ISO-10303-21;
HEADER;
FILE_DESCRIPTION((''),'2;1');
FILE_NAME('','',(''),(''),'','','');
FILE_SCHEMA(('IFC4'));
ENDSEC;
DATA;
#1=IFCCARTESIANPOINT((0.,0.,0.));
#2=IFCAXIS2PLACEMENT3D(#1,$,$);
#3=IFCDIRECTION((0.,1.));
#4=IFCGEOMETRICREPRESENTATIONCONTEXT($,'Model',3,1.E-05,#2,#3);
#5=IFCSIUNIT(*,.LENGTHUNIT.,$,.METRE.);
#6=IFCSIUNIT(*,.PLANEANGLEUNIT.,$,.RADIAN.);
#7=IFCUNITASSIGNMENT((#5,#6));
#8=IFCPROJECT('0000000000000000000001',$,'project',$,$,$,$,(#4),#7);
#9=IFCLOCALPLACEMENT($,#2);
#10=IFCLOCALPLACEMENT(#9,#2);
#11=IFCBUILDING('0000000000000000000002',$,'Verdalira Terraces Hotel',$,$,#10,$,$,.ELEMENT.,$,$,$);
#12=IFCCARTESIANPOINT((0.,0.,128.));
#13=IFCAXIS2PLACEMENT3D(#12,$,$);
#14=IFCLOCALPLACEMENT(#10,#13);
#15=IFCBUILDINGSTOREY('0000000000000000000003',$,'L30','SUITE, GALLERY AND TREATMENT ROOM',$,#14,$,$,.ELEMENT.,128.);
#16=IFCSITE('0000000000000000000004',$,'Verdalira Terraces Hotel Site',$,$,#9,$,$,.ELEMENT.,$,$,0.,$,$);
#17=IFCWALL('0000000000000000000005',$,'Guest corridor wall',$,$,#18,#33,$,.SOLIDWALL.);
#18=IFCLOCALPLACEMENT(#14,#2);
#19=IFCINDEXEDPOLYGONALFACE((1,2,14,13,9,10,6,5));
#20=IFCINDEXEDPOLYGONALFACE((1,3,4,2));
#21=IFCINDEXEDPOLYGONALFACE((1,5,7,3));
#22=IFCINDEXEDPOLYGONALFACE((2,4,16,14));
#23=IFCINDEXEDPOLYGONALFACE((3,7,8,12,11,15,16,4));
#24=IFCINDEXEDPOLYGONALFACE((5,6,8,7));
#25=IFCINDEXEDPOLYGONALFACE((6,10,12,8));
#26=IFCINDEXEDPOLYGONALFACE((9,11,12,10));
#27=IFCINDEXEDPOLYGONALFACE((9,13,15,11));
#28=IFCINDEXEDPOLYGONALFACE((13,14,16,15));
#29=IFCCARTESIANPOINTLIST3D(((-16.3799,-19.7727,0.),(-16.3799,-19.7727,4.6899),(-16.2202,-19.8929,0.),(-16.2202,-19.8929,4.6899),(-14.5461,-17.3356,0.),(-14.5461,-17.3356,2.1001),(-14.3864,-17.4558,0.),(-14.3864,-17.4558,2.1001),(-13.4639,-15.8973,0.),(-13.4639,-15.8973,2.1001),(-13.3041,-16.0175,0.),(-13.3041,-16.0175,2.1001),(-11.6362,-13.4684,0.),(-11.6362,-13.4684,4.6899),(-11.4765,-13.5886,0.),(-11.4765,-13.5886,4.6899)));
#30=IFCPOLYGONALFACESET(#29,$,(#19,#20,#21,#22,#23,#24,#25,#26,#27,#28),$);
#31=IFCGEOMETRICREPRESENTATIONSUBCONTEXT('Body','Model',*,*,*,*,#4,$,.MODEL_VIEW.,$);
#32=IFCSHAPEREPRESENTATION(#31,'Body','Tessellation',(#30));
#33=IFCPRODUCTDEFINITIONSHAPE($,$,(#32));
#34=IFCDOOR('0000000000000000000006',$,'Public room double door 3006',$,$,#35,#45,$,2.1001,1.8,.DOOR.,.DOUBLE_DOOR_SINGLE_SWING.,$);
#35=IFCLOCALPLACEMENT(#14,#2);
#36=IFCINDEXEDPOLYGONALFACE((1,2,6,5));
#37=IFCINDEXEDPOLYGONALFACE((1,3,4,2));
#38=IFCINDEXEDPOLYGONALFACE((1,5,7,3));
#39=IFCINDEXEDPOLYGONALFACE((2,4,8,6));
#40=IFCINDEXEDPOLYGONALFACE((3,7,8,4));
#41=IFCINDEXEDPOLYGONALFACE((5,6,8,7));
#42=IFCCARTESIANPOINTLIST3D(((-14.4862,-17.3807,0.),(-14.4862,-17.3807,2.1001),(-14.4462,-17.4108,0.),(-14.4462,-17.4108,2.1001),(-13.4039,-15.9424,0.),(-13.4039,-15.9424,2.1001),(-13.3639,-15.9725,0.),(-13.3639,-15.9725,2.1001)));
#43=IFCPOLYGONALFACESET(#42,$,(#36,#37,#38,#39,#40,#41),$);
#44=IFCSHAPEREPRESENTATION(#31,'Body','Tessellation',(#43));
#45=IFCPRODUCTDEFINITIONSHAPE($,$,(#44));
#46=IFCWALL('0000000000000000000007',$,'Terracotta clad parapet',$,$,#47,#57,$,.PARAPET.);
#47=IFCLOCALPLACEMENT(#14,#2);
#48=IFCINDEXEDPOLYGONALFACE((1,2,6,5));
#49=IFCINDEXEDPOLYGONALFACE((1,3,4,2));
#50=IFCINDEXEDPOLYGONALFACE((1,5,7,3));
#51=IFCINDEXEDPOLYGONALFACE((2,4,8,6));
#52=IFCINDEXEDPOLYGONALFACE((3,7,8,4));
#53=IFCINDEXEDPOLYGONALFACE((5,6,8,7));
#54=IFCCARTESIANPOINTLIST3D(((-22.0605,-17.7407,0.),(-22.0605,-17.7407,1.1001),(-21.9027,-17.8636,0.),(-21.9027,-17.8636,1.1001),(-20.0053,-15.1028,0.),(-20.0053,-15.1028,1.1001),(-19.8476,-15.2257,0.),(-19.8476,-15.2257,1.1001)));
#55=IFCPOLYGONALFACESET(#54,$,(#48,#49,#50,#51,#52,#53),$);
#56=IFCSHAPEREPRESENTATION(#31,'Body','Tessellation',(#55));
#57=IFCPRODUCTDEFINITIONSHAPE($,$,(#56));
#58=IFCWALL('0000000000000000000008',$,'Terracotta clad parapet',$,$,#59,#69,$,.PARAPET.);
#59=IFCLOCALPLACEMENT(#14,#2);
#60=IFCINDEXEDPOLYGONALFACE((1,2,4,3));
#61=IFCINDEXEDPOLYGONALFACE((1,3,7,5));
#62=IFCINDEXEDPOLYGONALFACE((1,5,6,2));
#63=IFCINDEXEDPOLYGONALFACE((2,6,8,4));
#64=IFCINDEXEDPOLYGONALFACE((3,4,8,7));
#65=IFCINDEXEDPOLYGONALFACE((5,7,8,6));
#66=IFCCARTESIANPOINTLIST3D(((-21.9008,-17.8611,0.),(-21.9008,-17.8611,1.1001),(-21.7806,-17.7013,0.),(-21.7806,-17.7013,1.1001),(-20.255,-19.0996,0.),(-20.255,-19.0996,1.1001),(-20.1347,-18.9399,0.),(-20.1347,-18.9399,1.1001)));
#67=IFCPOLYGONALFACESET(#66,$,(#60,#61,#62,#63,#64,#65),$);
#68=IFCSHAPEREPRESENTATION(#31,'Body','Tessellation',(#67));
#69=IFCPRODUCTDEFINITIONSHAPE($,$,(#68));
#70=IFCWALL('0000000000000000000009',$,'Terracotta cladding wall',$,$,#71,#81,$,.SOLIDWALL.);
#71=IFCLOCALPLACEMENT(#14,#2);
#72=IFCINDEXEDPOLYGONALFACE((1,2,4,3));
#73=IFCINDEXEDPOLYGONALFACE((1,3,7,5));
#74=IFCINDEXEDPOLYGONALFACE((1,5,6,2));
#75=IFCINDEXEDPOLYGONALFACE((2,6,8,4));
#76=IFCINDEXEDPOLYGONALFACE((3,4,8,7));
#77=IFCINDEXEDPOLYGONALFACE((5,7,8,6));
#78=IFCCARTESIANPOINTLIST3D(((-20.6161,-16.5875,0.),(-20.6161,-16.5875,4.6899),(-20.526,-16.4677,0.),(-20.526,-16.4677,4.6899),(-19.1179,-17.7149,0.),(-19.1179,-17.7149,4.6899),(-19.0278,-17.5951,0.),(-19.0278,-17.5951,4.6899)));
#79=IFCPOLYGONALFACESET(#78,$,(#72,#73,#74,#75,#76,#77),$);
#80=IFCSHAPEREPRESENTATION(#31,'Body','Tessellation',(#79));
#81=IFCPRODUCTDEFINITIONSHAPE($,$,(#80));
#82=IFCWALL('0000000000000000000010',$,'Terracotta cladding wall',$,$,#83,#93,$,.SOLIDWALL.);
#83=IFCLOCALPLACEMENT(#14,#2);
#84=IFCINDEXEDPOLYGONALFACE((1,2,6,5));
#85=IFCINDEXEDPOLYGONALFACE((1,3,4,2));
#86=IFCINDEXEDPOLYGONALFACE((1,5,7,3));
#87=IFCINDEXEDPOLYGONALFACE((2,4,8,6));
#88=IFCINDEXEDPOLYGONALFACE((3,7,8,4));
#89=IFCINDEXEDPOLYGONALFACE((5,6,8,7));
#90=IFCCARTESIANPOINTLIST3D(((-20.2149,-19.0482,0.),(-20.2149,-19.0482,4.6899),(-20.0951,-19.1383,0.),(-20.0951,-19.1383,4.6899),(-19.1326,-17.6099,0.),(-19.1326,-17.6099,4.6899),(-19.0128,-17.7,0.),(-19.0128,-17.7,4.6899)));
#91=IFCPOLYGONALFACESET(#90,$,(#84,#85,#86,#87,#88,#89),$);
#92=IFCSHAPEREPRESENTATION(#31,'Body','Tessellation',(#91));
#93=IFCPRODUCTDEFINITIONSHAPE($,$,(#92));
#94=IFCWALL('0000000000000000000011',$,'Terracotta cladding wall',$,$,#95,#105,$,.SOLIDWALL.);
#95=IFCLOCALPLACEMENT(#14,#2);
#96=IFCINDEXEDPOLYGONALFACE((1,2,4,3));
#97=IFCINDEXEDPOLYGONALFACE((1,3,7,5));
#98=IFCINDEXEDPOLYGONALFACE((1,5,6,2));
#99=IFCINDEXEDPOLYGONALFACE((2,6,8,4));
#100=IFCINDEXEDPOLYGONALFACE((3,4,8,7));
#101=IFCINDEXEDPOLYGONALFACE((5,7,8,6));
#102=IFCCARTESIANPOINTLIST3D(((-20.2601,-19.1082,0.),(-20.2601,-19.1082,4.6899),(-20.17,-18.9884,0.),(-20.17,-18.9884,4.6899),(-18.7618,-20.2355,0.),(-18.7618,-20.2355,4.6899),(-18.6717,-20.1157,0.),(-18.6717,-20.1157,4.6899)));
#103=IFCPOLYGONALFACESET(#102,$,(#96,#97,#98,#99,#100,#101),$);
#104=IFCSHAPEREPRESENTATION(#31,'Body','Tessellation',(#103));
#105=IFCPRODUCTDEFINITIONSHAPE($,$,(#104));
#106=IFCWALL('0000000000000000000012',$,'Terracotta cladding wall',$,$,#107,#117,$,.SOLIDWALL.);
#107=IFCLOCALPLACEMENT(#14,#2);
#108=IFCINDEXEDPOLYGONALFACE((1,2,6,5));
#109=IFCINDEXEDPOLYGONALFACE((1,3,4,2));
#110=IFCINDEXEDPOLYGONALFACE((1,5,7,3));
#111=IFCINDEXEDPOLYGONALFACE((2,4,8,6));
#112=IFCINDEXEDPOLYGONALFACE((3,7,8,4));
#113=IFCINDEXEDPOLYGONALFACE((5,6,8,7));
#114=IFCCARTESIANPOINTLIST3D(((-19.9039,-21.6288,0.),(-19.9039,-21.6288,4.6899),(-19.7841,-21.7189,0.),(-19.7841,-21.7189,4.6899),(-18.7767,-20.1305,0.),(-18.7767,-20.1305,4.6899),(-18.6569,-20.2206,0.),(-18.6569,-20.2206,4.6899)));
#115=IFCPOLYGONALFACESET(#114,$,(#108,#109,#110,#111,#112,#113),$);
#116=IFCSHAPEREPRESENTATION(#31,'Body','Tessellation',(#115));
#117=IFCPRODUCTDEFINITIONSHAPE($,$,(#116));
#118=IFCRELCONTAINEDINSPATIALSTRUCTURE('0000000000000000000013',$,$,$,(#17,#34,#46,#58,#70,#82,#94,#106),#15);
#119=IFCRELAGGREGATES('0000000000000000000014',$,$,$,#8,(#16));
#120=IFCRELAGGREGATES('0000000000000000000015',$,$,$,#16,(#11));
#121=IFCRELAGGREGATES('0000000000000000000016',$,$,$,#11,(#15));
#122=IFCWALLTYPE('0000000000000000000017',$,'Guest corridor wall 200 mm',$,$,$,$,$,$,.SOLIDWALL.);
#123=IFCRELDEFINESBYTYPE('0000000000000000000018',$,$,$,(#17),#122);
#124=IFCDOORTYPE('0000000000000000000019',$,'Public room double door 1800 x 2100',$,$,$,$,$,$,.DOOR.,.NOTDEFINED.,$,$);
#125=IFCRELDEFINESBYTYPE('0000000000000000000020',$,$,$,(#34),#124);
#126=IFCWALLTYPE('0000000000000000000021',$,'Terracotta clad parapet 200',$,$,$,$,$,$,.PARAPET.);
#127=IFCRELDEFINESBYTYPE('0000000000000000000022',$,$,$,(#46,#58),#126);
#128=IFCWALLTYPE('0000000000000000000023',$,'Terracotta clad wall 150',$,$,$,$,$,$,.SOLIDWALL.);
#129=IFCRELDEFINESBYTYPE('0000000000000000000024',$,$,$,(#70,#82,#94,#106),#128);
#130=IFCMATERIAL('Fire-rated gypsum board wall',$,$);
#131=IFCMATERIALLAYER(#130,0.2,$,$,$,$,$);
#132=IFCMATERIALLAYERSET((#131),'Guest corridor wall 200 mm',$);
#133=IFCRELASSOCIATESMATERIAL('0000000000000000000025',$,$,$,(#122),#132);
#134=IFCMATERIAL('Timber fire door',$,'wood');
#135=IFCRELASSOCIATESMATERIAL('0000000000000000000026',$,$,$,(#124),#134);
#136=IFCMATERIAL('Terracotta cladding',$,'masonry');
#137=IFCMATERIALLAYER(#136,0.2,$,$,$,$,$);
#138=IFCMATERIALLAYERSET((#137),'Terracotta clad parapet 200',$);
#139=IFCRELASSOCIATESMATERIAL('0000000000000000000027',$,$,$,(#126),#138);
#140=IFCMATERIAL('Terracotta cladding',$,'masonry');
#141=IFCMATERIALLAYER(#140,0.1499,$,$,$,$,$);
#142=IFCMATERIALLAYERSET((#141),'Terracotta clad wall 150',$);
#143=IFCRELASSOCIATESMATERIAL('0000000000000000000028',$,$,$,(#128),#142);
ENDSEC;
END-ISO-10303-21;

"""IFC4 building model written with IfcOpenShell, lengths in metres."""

from ifc_helpers import new_model, si_unit, direction, frame, frame_2d, origin, place, context, subcontext, project, spatial, rectangle, extrude, material, layer, layer_set, type_object, element, fill, save


model = new_model("IFC4")

# Units and contexts
model_context = context("Model", 3, precision=1e-05, world=origin(), true_north=direction((0.0, 1.0)))
body_context = subcontext(model_context, "Body", "Model", "MODEL_VIEW")
ifc_project = project(units=[si_unit("LENGTHUNIT", "METRE"), si_unit("PLANEANGLEUNIT", "RADIAN")], contexts=[model_context])

# Site, building, storey
site_placement = place(None, origin())
site = spatial("IfcSite", under=ifc_project, at=site_placement, Name="Verdalira Terraces Hotel Site", CompositionType="ELEMENT", RefElevation=0.0)
building_placement = place(site_placement, origin())
building = spatial("IfcBuilding", under=site, at=building_placement, Name="Verdalira Terraces Hotel", CompositionType="ELEMENT")
storey_placement = place(building_placement, frame((0.0, 0.0, 128.0)))
storey = spatial("IfcBuildingStorey", under=building, at=storey_placement, Name="L30", Description="SUITE, GALLERY AND TREATMENT ROOM", CompositionType="ELEMENT", Elevation=128.0)

# Wall, opening, door
ifc_material_1 = material(Name="Fire-rated gypsum board wall")
ifc_layer_1 = layer(ifc_material_1, 0.2)
ifc_layer_set_1 = layer_set([ifc_layer_1], Name="Guest corridor wall 200 mm")
wall_type_1 = type_object("IfcWallType", Name="Guest corridor wall 200 mm", PredefinedType="SOLIDWALL", material=ifc_layer_set_1)
wall_1_placement = place(storey_placement, frame((-16.3, -19.8328, 0.0), z_axis=(0.0, 0.0, 1.0), x_axis=(0.601257, 0.799056, 0.0)))
wall_1 = element("IfcWall", 1, at=wall_1_placement, inside=storey, type_object=wall_type_1, Name="Guest corridor wall", PredefinedType="SOLIDWALL", context=body_context, shape_type="SweptSolid", body=[
    extrude(rectangle(XDim=7.8896, YDim=0.2, at=frame_2d((3.9448, 0.0))), origin(), (0.0, 0.0, 1.0), 4.6899),
])
opening_placement = place(wall_1_placement, frame((3.05, 0.0, 0.0)))
opening = element("IfcOpeningElement", 2, at=opening_placement, cuts=wall_1, PredefinedType="OPENING", context=body_context, shape_type="SweptSolid", body=[
    extrude(rectangle(XDim=1.8, YDim=2.1001, at=frame_2d((0.8999, 1.05))), frame((0.0, 0.1099, 0.0), z_axis=(0.0, -1.0, 0.0), x_axis=(1.0, 0.0, 0.0)), (0.0, 0.0, 1.0), 0.22),
])
ifc_material_2 = material(Name="Timber fire door", Category="wood")
door_type = type_object("IfcDoorType", Name="Public room double door 1800 x 2100", OperationType="NOTDEFINED", PredefinedType="DOOR", material=ifc_material_2)
door_placement = place(opening_placement, origin())
door = element("IfcDoor", 3, at=door_placement, inside=storey, type_object=door_type, Name="Public room double door 3006", OperationType="DOUBLE_DOOR_SINGLE_SWING", OverallHeight=2.1001, OverallWidth=1.8, PredefinedType="DOOR", context=body_context, shape_type="SweptSolid", body=[
    extrude(rectangle(XDim=1.8, YDim=2.1001, at=frame_2d((0.8999, 1.05))), frame((0.0, 0.0249, 0.0), z_axis=(0.0, -1.0, 0.0), x_axis=(1.0, 0.0, 0.0)), (0.0, 0.0, 1.0), 0.05),
])
fill(opening, door)

# Walls
ifc_material_3 = material(Name="Terracotta cladding", Category="masonry")
ifc_layer_2 = layer(ifc_material_3, 0.2)
ifc_layer_set_2 = layer_set([ifc_layer_2], Name="Terracotta clad parapet 200")
wall_type_2 = type_object("IfcWallType", Name="Terracotta clad parapet 200", PredefinedType="PARAPET", material=ifc_layer_set_2)
wall_2_placement = place(storey_placement, frame((-19.9265, -15.1643, 0.0), z_axis=(0.0, 0.0, 1.0), x_axis=(-0.614582, -0.788853, 0.0)))
element("IfcWall", 4, at=wall_2_placement, inside=storey, type_object=wall_type_2, Name="Terracotta clad parapet", PredefinedType="PARAPET", context=body_context, shape_type="SweptSolid", body=[
    extrude(rectangle(XDim=3.344, YDim=0.2, at=frame_2d((1.6719, 0.0))), origin(), (0.0, 0.0, 1.0), 1.1001),
])
wall_3_placement = place(storey_placement, frame((-21.8406, -17.7812, 0.0), z_axis=(0.0, 0.0, 1.0), x_axis=(0.799017, -0.601308, 0.0)))
element("IfcWall", 5, at=wall_3_placement, inside=storey, type_object=wall_type_2, Name="Terracotta clad parapet", PredefinedType="PARAPET", context=body_context, shape_type="SweptSolid", body=[
    extrude(rectangle(XDim=2.0598, YDim=0.2, at=frame_2d((1.0298, 0.0))), origin(), (0.0, 0.0, 1.0), 1.1001),
])
ifc_material_4 = material(Name="Terracotta cladding", Category="masonry")
ifc_layer_3 = layer(ifc_material_4, 0.1499)
ifc_layer_set_3 = layer_set([ifc_layer_3], Name="Terracotta clad wall 150")
wall_type_3 = type_object("IfcWallType", Name="Terracotta clad wall 150", PredefinedType="SOLIDWALL", material=ifc_layer_set_3)
wall_4_placement = place(storey_placement, frame((-20.571, -16.5276, 0.0), z_axis=(0.0, 0.0, 1.0), x_axis=(0.799046, -0.60127, 0.0)))
element("IfcWall", 6, at=wall_4_placement, inside=storey, type_object=wall_type_3, Name="Terracotta cladding wall", PredefinedType="SOLIDWALL", context=body_context, shape_type="SweptSolid", body=[
    extrude(rectangle(XDim=1.875, YDim=0.1499, at=frame_2d((0.9375, 0.0))), origin(), (0.0, 0.0, 1.0), 4.6899),
])
wall_5_placement = place(storey_placement, frame((-19.0728, -17.655, 0.0), z_axis=(0.0, 0.0, 1.0), x_axis=(-0.60128, -0.799039, 0.0)))
element("IfcWall", 7, at=wall_5_placement, inside=storey, type_object=wall_type_3, Name="Terracotta cladding wall", PredefinedType="SOLIDWALL", context=body_context, shape_type="SweptSolid", body=[
    extrude(rectangle(XDim=1.8, YDim=0.1499, at=frame_2d((0.8999, 0.0))), origin(), (0.0, 0.0, 1.0), 4.6899),
])
for number, where, z_axis, x_axis, name in (
    (8, (-20.2151, -19.0483, 0.0), (0.0, 0.0, 1.0), (0.799108, -0.601187, 0.0), "Terracotta cladding wall"),
    (9, (-18.7168, -20.1755, 0.0), (0.0, 0.0, 1.0), (-0.601187, -0.799108, 0.0), "Terracotta cladding wall"),
):
    element("IfcWall", number, at=place(storey_placement, frame(where, z_axis=z_axis, x_axis=x_axis)), inside=storey, type_object=wall_type_3, Name=name, PredefinedType="SOLIDWALL", context=body_context, shape_type="SweptSolid", body=[
        extrude(rectangle(XDim=1.875, YDim=0.1499, at=frame_2d((0.9375, 0.0))), origin(), (0.0, 0.0, 1.0), 4.6899),
    ])

save(model, "model.ifc")
